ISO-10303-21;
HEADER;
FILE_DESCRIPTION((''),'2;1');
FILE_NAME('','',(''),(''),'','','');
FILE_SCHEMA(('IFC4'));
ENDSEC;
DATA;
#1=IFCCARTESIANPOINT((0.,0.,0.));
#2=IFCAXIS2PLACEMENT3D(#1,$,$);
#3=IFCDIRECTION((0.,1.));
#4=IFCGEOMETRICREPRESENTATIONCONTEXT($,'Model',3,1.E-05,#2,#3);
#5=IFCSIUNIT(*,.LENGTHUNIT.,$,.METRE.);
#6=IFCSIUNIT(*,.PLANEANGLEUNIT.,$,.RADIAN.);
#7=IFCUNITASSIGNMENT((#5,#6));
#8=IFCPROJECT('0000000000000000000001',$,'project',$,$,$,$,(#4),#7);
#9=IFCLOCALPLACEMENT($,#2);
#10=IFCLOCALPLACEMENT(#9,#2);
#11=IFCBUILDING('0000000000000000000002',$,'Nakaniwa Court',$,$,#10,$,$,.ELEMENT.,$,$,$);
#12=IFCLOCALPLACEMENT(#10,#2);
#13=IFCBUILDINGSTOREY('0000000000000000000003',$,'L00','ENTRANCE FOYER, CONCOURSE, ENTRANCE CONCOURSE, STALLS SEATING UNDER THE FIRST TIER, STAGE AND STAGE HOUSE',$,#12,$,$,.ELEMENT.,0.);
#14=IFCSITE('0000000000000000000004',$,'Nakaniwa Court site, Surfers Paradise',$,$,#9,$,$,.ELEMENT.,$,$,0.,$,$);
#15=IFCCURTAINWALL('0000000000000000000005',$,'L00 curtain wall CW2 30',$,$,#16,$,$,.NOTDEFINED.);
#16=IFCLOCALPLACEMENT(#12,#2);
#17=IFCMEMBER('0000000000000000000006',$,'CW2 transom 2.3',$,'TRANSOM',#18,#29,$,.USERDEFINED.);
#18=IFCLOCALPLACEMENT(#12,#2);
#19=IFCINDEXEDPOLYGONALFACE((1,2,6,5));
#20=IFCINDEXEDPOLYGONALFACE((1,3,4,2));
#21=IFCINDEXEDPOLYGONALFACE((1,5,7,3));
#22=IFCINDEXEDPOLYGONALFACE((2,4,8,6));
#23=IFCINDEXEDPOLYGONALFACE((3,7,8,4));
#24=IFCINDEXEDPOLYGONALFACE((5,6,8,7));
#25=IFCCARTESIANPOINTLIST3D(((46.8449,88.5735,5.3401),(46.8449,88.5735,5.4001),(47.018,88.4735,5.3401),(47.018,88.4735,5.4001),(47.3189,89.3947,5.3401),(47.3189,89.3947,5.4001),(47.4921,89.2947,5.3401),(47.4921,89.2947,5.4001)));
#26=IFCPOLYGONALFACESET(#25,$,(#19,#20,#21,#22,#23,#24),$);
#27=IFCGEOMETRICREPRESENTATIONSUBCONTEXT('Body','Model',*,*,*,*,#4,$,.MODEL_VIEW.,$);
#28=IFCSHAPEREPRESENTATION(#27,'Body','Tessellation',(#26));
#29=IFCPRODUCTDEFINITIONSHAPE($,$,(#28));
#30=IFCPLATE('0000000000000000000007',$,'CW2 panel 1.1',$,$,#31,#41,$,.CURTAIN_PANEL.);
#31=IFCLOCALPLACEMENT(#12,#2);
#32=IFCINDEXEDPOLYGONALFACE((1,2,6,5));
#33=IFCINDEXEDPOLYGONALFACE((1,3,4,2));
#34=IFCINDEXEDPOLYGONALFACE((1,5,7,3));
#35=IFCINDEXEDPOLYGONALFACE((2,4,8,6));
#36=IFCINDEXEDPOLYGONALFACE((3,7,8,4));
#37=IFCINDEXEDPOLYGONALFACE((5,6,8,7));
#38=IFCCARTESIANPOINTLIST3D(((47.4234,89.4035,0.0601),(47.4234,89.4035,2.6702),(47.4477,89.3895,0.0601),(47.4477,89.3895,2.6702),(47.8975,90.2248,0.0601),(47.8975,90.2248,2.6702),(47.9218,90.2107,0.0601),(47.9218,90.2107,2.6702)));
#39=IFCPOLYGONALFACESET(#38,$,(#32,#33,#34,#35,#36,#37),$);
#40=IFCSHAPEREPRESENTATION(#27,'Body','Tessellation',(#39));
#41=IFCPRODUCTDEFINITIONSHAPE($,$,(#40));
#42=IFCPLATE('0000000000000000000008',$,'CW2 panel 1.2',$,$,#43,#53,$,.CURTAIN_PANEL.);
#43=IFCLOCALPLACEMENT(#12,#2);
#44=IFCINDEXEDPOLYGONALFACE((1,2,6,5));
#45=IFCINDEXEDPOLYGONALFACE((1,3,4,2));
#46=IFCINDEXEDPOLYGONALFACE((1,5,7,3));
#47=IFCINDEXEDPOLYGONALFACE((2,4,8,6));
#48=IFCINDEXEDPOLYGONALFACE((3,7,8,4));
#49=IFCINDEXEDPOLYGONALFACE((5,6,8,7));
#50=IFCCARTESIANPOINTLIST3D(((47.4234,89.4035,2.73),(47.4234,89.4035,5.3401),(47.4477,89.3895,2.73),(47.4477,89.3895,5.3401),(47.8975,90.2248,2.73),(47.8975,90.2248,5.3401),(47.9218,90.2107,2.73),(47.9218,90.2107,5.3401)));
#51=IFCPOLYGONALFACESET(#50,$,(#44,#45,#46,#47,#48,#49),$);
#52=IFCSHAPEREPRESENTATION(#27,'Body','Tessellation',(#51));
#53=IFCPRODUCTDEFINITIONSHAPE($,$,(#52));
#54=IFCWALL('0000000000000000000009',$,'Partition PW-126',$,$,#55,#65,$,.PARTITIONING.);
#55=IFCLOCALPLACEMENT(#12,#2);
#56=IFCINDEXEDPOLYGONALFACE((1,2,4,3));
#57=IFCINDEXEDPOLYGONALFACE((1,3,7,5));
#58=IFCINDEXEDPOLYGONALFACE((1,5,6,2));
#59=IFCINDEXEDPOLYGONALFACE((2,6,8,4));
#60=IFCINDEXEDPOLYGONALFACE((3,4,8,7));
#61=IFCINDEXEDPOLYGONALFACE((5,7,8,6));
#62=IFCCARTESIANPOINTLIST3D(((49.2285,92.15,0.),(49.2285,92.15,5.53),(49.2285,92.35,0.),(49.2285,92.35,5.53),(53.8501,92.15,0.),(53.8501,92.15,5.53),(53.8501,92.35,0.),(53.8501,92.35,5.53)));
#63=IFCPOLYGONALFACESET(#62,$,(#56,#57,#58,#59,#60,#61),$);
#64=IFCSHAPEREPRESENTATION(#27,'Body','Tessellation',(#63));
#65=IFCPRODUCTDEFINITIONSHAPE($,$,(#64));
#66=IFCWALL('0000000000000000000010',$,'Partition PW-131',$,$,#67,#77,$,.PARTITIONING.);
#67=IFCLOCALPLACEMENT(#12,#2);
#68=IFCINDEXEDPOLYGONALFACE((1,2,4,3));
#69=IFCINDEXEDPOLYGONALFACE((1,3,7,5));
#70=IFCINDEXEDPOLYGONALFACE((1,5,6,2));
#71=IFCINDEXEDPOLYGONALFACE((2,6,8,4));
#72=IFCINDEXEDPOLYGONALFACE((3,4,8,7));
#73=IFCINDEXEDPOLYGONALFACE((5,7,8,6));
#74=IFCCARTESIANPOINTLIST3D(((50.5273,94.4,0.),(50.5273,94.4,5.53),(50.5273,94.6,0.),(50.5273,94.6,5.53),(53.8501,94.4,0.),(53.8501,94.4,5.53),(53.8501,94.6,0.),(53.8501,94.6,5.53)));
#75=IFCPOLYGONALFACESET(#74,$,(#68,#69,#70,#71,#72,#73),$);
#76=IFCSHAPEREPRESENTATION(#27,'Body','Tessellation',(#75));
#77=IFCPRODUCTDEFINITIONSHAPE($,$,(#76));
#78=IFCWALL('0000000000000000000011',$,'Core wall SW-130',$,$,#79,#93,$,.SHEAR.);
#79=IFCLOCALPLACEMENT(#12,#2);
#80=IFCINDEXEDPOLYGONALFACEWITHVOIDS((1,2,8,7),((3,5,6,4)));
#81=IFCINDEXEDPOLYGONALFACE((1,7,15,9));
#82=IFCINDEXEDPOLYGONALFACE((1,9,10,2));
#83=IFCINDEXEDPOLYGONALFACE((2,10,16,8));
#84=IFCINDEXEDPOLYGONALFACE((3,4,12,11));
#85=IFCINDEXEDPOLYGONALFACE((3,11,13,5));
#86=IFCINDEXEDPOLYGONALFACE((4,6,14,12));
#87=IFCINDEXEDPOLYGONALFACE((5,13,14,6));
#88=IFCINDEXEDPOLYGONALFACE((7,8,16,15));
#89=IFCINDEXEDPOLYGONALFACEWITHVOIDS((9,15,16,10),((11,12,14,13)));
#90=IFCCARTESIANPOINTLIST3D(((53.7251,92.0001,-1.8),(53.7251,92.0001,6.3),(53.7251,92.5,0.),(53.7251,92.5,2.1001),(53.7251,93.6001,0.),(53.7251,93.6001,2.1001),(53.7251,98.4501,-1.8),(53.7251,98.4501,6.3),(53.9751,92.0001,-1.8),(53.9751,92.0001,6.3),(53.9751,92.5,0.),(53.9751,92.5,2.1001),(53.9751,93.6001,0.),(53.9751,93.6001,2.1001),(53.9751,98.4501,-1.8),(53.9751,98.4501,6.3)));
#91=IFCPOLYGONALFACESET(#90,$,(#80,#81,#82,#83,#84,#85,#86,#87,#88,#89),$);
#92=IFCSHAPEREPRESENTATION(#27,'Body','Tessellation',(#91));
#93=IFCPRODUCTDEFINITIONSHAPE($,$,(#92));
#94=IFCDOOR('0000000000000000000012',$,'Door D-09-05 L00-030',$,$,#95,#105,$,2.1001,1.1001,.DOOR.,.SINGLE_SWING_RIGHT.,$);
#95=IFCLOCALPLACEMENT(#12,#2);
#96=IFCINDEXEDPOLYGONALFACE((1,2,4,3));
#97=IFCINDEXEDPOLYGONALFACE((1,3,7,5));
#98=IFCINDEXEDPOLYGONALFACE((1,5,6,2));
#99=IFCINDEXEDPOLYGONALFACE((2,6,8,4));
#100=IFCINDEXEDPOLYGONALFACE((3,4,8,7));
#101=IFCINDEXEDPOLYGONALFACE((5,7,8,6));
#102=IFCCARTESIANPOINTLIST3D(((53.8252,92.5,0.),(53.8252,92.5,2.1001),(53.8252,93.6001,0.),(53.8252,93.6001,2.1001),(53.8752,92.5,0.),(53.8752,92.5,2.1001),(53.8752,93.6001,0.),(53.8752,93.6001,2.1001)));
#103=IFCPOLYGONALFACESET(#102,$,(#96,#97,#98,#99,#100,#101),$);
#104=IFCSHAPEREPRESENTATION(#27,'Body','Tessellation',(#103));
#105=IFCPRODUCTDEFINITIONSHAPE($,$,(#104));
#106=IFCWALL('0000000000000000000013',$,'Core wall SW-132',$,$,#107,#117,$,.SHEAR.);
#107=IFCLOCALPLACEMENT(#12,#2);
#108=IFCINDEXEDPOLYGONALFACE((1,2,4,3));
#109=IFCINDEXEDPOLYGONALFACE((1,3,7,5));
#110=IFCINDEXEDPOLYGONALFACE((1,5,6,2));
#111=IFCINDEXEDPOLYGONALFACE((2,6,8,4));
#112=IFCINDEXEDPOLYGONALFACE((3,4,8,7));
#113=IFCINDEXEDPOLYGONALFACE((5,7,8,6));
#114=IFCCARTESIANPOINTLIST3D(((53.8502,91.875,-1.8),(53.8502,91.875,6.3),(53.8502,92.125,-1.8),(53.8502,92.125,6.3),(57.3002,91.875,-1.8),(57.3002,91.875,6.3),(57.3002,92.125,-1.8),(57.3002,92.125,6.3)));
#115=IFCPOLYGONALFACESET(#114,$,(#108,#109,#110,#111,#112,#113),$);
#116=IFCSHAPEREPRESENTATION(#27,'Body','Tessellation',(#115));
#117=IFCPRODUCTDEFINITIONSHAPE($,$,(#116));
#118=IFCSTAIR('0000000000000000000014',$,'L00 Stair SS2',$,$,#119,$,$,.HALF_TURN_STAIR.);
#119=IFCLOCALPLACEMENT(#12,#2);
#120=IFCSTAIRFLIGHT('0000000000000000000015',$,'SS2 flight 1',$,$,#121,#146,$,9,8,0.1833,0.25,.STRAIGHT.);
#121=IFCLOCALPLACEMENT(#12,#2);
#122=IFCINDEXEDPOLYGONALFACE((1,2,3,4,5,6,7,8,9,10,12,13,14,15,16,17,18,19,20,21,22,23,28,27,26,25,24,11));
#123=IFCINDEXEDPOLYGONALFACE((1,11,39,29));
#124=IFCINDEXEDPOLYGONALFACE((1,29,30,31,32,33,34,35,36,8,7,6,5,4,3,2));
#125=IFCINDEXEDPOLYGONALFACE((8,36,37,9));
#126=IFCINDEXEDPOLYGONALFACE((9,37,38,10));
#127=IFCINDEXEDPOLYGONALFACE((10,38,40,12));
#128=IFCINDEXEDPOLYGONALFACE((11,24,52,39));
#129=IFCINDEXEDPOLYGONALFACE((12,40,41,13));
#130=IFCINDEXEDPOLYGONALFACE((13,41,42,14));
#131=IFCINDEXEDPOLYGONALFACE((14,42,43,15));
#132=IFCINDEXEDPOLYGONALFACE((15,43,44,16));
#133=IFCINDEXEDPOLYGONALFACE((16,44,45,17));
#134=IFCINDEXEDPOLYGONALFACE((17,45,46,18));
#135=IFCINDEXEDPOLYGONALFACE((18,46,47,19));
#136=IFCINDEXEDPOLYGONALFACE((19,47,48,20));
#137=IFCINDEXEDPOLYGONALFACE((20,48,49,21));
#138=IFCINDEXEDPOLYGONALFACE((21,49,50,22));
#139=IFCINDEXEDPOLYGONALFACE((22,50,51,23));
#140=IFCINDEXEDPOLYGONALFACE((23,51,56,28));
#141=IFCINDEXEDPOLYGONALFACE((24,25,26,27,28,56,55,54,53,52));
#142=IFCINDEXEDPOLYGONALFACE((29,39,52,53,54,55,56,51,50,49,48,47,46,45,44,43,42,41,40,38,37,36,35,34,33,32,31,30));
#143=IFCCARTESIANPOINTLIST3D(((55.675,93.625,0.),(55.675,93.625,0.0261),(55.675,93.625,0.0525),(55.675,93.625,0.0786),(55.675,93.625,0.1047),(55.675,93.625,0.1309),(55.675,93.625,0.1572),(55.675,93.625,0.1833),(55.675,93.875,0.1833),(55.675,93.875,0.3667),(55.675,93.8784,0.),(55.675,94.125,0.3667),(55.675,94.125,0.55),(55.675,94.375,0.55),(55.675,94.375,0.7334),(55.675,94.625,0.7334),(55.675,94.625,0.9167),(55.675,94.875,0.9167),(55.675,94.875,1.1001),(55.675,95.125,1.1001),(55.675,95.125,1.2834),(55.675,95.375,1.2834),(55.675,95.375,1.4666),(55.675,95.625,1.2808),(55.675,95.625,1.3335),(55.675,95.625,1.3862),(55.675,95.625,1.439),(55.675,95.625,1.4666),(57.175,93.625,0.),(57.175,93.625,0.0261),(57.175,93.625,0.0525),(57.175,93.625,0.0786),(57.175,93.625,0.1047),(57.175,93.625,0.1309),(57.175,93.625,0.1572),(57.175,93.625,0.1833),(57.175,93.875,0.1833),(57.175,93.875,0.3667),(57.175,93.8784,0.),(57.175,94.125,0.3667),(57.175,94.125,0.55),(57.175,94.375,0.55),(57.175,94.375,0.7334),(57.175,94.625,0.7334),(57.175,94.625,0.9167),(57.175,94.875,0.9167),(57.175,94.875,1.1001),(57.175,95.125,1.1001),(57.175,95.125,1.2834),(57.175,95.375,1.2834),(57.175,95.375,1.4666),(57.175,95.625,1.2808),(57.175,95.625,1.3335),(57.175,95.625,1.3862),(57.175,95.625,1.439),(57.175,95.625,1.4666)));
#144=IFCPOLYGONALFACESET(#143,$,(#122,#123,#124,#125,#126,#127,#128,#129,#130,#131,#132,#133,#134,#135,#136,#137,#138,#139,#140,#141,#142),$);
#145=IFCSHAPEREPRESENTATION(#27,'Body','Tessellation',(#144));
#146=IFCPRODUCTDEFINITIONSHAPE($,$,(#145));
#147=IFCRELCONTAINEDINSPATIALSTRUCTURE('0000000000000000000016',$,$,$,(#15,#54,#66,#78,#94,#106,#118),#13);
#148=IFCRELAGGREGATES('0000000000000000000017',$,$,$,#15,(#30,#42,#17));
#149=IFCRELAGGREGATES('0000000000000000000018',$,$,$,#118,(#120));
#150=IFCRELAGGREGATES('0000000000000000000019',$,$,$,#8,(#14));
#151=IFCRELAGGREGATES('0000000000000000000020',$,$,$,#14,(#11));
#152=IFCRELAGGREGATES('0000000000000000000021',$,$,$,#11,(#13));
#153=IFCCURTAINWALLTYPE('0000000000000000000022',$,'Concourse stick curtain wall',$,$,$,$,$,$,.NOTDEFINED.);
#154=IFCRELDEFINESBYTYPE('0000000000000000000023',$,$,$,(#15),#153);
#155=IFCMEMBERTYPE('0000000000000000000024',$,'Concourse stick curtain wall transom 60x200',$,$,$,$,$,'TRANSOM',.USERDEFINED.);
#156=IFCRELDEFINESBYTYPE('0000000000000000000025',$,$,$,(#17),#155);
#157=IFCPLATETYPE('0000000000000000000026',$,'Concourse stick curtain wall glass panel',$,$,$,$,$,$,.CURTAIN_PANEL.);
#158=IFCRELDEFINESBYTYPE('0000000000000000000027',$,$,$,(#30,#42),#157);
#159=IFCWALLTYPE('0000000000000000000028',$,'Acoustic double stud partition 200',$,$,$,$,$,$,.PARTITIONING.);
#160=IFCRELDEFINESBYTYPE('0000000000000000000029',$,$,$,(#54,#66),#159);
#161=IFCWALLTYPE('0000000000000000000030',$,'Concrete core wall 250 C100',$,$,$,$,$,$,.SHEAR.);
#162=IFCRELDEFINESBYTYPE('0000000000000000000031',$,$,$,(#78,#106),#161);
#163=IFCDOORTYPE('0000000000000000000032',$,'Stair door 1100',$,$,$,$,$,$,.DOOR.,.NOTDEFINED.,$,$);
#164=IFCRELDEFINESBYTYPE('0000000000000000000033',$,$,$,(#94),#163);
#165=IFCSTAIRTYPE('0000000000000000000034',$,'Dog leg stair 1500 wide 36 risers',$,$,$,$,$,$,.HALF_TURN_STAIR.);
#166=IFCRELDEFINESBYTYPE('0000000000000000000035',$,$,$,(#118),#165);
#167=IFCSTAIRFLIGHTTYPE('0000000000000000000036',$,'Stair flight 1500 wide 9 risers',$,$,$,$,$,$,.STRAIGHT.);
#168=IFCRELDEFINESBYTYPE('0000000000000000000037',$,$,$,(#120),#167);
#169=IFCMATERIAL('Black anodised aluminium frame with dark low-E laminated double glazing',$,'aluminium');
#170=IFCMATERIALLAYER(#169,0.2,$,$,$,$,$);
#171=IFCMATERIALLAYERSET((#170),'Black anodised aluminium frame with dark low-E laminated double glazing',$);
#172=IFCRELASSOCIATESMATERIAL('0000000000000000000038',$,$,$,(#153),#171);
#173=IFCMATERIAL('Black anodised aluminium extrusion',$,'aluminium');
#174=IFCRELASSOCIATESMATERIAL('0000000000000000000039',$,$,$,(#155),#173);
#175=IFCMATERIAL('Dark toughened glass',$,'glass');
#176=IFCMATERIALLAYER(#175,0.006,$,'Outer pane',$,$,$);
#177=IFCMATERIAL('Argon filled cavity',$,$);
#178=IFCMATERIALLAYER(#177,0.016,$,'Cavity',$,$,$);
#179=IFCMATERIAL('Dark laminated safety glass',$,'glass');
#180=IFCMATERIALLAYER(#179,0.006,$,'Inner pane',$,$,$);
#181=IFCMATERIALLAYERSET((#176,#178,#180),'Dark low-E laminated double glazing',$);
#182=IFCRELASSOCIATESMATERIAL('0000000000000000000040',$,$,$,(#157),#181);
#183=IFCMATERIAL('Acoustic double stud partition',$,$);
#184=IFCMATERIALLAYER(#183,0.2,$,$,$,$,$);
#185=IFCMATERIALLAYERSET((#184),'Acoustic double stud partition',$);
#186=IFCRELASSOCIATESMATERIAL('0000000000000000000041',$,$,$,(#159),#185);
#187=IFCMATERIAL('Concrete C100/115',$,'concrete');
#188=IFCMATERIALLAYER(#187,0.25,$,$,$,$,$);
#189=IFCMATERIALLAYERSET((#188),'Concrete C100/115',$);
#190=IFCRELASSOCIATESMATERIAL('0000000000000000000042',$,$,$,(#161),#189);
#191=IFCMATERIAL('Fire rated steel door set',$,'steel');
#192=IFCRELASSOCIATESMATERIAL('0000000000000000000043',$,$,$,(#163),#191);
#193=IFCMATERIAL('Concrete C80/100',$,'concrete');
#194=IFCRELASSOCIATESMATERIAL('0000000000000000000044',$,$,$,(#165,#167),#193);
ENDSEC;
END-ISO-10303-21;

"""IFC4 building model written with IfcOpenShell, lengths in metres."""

from ifc_helpers import new_model, si_unit, direction, frame, frame_2d, origin, origin_2d, place, context, subcontext, project, spatial, polyline, rectangle, outline, extrude, material, layer, layer_set, material_profile, profile_set, type_object, element, fill, aggregate, save


model = new_model("IFC4")

# Units and contexts
model_context = context("Model", 3, precision=1e-05, world=origin(), true_north=direction((0.0, 1.0)))
body_context = subcontext(model_context, "Body", "Model", "MODEL_VIEW")
ifc_project = project(units=[si_unit("LENGTHUNIT", "METRE"), si_unit("PLANEANGLEUNIT", "RADIAN")], contexts=[model_context])

# Site, building, storey
site_placement = place(None, origin())
site = spatial("IfcSite", under=ifc_project, at=site_placement, Name="Nakaniwa Court site, Surfers Paradise", CompositionType="ELEMENT", RefElevation=0.0)
building_placement = place(site_placement, origin())
building = spatial("IfcBuilding", under=site, at=building_placement, Name="Nakaniwa Court", CompositionType="ELEMENT")
storey_placement = place(building_placement, origin())
storey = spatial("IfcBuildingStorey", under=building, at=storey_placement, Name="L00", Description="ENTRANCE FOYER, CONCOURSE, ENTRANCE CONCOURSE, STALLS SEATING UNDER THE FIRST TIER, STAGE AND STAGE HOUSE", CompositionType="ELEMENT", Elevation=0.0)

# Shared definitions
ifc_material_1 = material(Name="Concrete C100/115", Category="concrete")

# Curtain wall, member, plates
ifc_material_2 = material(Name="Black anodised aluminium frame with dark low-E laminated double glazing", Category="aluminium")
ifc_layer_1 = layer(ifc_material_2, 0.2)
ifc_layer_set_1 = layer_set([ifc_layer_1], Name="Black anodised aluminium frame with dark low-E laminated double glazing")
curtain_wall_type = type_object("IfcCurtainWallType", Name="Concourse stick curtain wall", PredefinedType="NOTDEFINED", material=ifc_layer_set_1)
curtain_wall_placement = place(storey_placement, origin())
curtain_wall = element("IfcCurtainWall", 1, at=curtain_wall_placement, inside=storey, type_object=curtain_wall_type, Name="L00 curtain wall CW2 30", PredefinedType="NOTDEFINED")
ifc_material_3 = material(Name="Black anodised aluminium extrusion", Category="aluminium")
ifc_material_profile_1 = material_profile(ifc_material_3, rectangle(XDim=0.2, YDim=0.0601, at=origin_2d()), Name="Concourse stick curtain wall transom 60x200")
ifc_profile_set_1 = profile_set([ifc_material_profile_1], Name="Black anodised aluminium extrusion")
member_type_1 = type_object("IfcMemberType", Name="Concourse stick curtain wall transom 60x200", ElementType="TRANSOM", PredefinedType="USERDEFINED", material=ifc_profile_set_1)
member_1_placement = place(storey_placement, frame((47.4055, 89.3447, 5.3701), z_axis=(-0.49996, -0.866048, 0.0), x_axis=(0.866048, -0.49996, 0.0)))
member_1 = element("IfcMember", 2, at=member_1_placement, type_object=member_type_1, Name="CW2 transom 2.3", ObjectType="TRANSOM", PredefinedType="USERDEFINED", context=body_context, shape_type="SweptSolid", body=[
    extrude(rectangle(XDim=0.2, YDim=0.0601, at=origin_2d()), origin(), (0.0, 0.0, 1.0), 0.9482),
])
ifc_material_4 = material(Name="Dark toughened glass", Category="glass")
ifc_layer_2 = layer(ifc_material_4, 0.006, Name="Outer pane")
ifc_material_5 = material(Name="Argon filled cavity")
ifc_layer_3 = layer(ifc_material_5, 0.016, Name="Cavity")
ifc_material_6 = material(Name="Dark laminated safety glass", Category="glass")
ifc_layer_4 = layer(ifc_material_6, 0.006, Name="Inner pane")
ifc_layer_set_2 = layer_set([ifc_layer_2, ifc_layer_3, ifc_layer_4], Name="Dark low-E laminated double glazing")
plate_type = type_object("IfcPlateType", Name="Concourse stick curtain wall glass panel", PredefinedType="CURTAIN_PANEL", material=ifc_layer_set_2)
plate_1_placement = place(storey_placement, frame((47.6726, 89.8071, 0.0601), z_axis=(0.0, 0.0, 1.0), x_axis=(-0.499982, -0.866036, 0.0)))
plate_1 = element("IfcPlate", 3, at=plate_1_placement, type_object=plate_type, Name="CW2 panel 1.1", PredefinedType="CURTAIN_PANEL", context=body_context, shape_type="SweptSolid", body=[
    extrude(rectangle(XDim=0.9482, YDim=0.0281, at=origin_2d()), origin(), (0.0, 0.0, 1.0), 2.6101),
])
plate_2_placement = place(storey_placement, frame((47.6726, 89.8071, 2.73), z_axis=(0.0, 0.0, 1.0), x_axis=(-0.499982, -0.866036, 0.0)))
plate_2 = element("IfcPlate", 4, at=plate_2_placement, type_object=plate_type, Name="CW2 panel 1.2", PredefinedType="CURTAIN_PANEL", context=body_context, shape_type="SweptSolid", body=[
    extrude(rectangle(XDim=0.9482, YDim=0.0281, at=origin_2d()), origin(), (0.0, 0.0, 1.0), 2.6101),
])
aggregate(curtain_wall, [plate_1, plate_2, member_1])

# Walls
ifc_material_7 = material(Name="Acoustic double stud partition")
ifc_layer_5 = layer(ifc_material_7, 0.2)
ifc_layer_set_3 = layer_set([ifc_layer_5], Name="Acoustic double stud partition")
wall_type_1 = type_object("IfcWallType", Name="Acoustic double stud partition 200", PredefinedType="PARTITIONING", material=ifc_layer_set_3)
wall_1_placement = place(storey_placement, frame((49.2285, 92.25, 0.0), z_axis=(0.0, 0.0, 1.0), x_axis=(1.0, 0.0, 0.0)))
element("IfcWall", 5, at=wall_1_placement, inside=storey, type_object=wall_type_1, Name="Partition PW-126", PredefinedType="PARTITIONING", context=body_context, shape_type="SweptSolid", body=[
    extrude(rectangle(XDim=4.6216, YDim=0.2, at=frame_2d((2.3108, 0.0))), origin(), (0.0, 0.0, 1.0), 5.53),
])
wall_2_placement = place(storey_placement, frame((50.5273, 94.5, 0.0), z_axis=(0.0, 0.0, 1.0), x_axis=(1.0, 0.0, 0.0)))
element("IfcWall", 6, at=wall_2_placement, inside=storey, type_object=wall_type_1, Name="Partition PW-131", PredefinedType="PARTITIONING", context=body_context, shape_type="SweptSolid", body=[
    extrude(rectangle(XDim=3.3228, YDim=0.2, at=frame_2d((1.6614, 0.0))), origin(), (0.0, 0.0, 1.0), 5.53),
])

# Wall, opening, door
ifc_layer_6 = layer(ifc_material_1, 0.25)
ifc_layer_set_4 = layer_set([ifc_layer_6], Name="Concrete C100/115")
wall_type_2 = type_object("IfcWallType", Name="Concrete core wall 250 C100", PredefinedType="SHEAR", material=ifc_layer_set_4)
wall_3_placement = place(storey_placement, frame((53.8501, 92.0, -1.8), z_axis=(0.0, 0.0, 1.0), x_axis=(0.0, 1.0, 0.0)))
wall_3 = element("IfcWall", 7, at=wall_3_placement, inside=storey, type_object=wall_type_2, Name="Core wall SW-130", PredefinedType="SHEAR", context=body_context, shape_type="SweptSolid", body=[
    extrude(rectangle(XDim=6.45, YDim=0.25, at=frame_2d((3.2251, 0.0))), origin(), (0.0, 0.0, 1.0), 8.1001),
])
opening_placement = place(wall_3_placement, frame((0.5, 0.0, 1.8)))
opening = element("IfcOpeningElement", 8, at=opening_placement, cuts=wall_3, PredefinedType="OPENING", context=body_context, shape_type="SweptSolid", body=[
    extrude(rectangle(XDim=1.1001, YDim=2.1001, at=frame_2d((0.55, 1.05))), frame((0.0, 0.135, 0.0), z_axis=(0.0, -1.0, 0.0), x_axis=(1.0, 0.0, 0.0)), (0.0, 0.0, 1.0), 0.27),
])
ifc_material_8 = material(Name="Fire rated steel door set", Category="steel")
door_type = type_object("IfcDoorType", Name="Stair door 1100", OperationType="NOTDEFINED", PredefinedType="DOOR", material=ifc_material_8)
door_placement = place(opening_placement, origin())
door = element("IfcDoor", 9, at=door_placement, inside=storey, type_object=door_type, Name="Door D-09-05 L00-030", OperationType="SINGLE_SWING_RIGHT", OverallHeight=2.1001, OverallWidth=1.1001, PredefinedType="DOOR", context=body_context, shape_type="SweptSolid", body=[
    extrude(rectangle(XDim=1.1001, YDim=2.1001, at=frame_2d((0.55, 1.05))), frame((0.0, 0.0249, 0.0), z_axis=(0.0, -1.0, 0.0), x_axis=(1.0, 0.0, 0.0)), (0.0, 0.0, 1.0), 0.05),
])
fill(opening, door)

# Wall
wall_4_placement = place(storey_placement, frame((53.8501, 92.0, -1.8), z_axis=(0.0, 0.0, 1.0), x_axis=(1.0, 0.0, 0.0)))
element("IfcWall", 10, at=wall_4_placement, inside=storey, type_object=wall_type_2, Name="Core wall SW-132", PredefinedType="SHEAR", context=body_context, shape_type="SweptSolid", body=[
    extrude(rectangle(XDim=3.45, YDim=0.25, at=frame_2d((1.7251, 0.0))), origin(), (0.0, 0.0, 1.0), 8.1001),
])

# Stair, stair flight
ifc_material_9 = material(Name="Concrete C80/100", Category="concrete")
stair_type = type_object("IfcStairType", Name="Dog leg stair 1500 wide 36 risers", PredefinedType="HALF_TURN_STAIR", material=ifc_material_9)
stair_placement = place(storey_placement, origin())
stair = element("IfcStair", 11, at=stair_placement, inside=storey, type_object=stair_type, Name="L00 Stair SS2", PredefinedType="HALF_TURN_STAIR")
stair_flight_type = type_object("IfcStairFlightType", Name="Stair flight 1500 wide 9 risers", PredefinedType="STRAIGHT", material=ifc_material_9)
stair_flight_1_placement = place(storey_placement, frame((56.425, 93.625, 0.0), z_axis=(0.0, 0.0, 1.0), x_axis=(0.0, 1.0, 0.0)))
stair_flight_1 = element("IfcStairFlight", 12, at=stair_flight_1_placement, type_object=stair_flight_type, Name="SS2 flight 1", NumberOfRisers=9, NumberOfTreads=8, PredefinedType="STRAIGHT", RiserHeight=0.1833, TreadLength=0.25, context=body_context, shape_type="SweptSolid", body=[
    extrude(outline(polyline([(0.0, 0.0), (0.0, 0.0261), (0.0, 0.0525), (0.0, 0.0786), (0.0, 0.1047), (0.0, 0.1309), (0.0, 0.1572), (0.0, 0.1833), (0.25, 0.1833), (0.25, 0.3667), (0.5, 0.3667), (0.5, 0.55), (0.75, 0.55), (0.75, 0.7334), (1.0, 0.7334), (1.0, 0.9167), (1.25, 0.9167), (1.25, 1.1001), (1.5, 1.1001), (1.5, 1.2834), (1.75, 1.2834), (1.75, 1.4666), (2.0, 1.4666), (2.0, 1.6499), (2.0, 1.5972), (2.0, 1.5444), (2.0, 1.4917), (2.0, 1.439), (2.0, 1.3862), (2.0, 1.3335), (2.0, 1.2808), (0.2534, 0.0), (0.0, 0.0)])), frame((0.0, 0.75, 0.0), z_axis=(0.0, -1.0, 0.0), x_axis=(1.0, 0.0, 0.0)), (0.0, 0.0, 1.0), 1.5),
])
aggregate(stair, [stair_flight_1])

save(model, "model.ifc")
